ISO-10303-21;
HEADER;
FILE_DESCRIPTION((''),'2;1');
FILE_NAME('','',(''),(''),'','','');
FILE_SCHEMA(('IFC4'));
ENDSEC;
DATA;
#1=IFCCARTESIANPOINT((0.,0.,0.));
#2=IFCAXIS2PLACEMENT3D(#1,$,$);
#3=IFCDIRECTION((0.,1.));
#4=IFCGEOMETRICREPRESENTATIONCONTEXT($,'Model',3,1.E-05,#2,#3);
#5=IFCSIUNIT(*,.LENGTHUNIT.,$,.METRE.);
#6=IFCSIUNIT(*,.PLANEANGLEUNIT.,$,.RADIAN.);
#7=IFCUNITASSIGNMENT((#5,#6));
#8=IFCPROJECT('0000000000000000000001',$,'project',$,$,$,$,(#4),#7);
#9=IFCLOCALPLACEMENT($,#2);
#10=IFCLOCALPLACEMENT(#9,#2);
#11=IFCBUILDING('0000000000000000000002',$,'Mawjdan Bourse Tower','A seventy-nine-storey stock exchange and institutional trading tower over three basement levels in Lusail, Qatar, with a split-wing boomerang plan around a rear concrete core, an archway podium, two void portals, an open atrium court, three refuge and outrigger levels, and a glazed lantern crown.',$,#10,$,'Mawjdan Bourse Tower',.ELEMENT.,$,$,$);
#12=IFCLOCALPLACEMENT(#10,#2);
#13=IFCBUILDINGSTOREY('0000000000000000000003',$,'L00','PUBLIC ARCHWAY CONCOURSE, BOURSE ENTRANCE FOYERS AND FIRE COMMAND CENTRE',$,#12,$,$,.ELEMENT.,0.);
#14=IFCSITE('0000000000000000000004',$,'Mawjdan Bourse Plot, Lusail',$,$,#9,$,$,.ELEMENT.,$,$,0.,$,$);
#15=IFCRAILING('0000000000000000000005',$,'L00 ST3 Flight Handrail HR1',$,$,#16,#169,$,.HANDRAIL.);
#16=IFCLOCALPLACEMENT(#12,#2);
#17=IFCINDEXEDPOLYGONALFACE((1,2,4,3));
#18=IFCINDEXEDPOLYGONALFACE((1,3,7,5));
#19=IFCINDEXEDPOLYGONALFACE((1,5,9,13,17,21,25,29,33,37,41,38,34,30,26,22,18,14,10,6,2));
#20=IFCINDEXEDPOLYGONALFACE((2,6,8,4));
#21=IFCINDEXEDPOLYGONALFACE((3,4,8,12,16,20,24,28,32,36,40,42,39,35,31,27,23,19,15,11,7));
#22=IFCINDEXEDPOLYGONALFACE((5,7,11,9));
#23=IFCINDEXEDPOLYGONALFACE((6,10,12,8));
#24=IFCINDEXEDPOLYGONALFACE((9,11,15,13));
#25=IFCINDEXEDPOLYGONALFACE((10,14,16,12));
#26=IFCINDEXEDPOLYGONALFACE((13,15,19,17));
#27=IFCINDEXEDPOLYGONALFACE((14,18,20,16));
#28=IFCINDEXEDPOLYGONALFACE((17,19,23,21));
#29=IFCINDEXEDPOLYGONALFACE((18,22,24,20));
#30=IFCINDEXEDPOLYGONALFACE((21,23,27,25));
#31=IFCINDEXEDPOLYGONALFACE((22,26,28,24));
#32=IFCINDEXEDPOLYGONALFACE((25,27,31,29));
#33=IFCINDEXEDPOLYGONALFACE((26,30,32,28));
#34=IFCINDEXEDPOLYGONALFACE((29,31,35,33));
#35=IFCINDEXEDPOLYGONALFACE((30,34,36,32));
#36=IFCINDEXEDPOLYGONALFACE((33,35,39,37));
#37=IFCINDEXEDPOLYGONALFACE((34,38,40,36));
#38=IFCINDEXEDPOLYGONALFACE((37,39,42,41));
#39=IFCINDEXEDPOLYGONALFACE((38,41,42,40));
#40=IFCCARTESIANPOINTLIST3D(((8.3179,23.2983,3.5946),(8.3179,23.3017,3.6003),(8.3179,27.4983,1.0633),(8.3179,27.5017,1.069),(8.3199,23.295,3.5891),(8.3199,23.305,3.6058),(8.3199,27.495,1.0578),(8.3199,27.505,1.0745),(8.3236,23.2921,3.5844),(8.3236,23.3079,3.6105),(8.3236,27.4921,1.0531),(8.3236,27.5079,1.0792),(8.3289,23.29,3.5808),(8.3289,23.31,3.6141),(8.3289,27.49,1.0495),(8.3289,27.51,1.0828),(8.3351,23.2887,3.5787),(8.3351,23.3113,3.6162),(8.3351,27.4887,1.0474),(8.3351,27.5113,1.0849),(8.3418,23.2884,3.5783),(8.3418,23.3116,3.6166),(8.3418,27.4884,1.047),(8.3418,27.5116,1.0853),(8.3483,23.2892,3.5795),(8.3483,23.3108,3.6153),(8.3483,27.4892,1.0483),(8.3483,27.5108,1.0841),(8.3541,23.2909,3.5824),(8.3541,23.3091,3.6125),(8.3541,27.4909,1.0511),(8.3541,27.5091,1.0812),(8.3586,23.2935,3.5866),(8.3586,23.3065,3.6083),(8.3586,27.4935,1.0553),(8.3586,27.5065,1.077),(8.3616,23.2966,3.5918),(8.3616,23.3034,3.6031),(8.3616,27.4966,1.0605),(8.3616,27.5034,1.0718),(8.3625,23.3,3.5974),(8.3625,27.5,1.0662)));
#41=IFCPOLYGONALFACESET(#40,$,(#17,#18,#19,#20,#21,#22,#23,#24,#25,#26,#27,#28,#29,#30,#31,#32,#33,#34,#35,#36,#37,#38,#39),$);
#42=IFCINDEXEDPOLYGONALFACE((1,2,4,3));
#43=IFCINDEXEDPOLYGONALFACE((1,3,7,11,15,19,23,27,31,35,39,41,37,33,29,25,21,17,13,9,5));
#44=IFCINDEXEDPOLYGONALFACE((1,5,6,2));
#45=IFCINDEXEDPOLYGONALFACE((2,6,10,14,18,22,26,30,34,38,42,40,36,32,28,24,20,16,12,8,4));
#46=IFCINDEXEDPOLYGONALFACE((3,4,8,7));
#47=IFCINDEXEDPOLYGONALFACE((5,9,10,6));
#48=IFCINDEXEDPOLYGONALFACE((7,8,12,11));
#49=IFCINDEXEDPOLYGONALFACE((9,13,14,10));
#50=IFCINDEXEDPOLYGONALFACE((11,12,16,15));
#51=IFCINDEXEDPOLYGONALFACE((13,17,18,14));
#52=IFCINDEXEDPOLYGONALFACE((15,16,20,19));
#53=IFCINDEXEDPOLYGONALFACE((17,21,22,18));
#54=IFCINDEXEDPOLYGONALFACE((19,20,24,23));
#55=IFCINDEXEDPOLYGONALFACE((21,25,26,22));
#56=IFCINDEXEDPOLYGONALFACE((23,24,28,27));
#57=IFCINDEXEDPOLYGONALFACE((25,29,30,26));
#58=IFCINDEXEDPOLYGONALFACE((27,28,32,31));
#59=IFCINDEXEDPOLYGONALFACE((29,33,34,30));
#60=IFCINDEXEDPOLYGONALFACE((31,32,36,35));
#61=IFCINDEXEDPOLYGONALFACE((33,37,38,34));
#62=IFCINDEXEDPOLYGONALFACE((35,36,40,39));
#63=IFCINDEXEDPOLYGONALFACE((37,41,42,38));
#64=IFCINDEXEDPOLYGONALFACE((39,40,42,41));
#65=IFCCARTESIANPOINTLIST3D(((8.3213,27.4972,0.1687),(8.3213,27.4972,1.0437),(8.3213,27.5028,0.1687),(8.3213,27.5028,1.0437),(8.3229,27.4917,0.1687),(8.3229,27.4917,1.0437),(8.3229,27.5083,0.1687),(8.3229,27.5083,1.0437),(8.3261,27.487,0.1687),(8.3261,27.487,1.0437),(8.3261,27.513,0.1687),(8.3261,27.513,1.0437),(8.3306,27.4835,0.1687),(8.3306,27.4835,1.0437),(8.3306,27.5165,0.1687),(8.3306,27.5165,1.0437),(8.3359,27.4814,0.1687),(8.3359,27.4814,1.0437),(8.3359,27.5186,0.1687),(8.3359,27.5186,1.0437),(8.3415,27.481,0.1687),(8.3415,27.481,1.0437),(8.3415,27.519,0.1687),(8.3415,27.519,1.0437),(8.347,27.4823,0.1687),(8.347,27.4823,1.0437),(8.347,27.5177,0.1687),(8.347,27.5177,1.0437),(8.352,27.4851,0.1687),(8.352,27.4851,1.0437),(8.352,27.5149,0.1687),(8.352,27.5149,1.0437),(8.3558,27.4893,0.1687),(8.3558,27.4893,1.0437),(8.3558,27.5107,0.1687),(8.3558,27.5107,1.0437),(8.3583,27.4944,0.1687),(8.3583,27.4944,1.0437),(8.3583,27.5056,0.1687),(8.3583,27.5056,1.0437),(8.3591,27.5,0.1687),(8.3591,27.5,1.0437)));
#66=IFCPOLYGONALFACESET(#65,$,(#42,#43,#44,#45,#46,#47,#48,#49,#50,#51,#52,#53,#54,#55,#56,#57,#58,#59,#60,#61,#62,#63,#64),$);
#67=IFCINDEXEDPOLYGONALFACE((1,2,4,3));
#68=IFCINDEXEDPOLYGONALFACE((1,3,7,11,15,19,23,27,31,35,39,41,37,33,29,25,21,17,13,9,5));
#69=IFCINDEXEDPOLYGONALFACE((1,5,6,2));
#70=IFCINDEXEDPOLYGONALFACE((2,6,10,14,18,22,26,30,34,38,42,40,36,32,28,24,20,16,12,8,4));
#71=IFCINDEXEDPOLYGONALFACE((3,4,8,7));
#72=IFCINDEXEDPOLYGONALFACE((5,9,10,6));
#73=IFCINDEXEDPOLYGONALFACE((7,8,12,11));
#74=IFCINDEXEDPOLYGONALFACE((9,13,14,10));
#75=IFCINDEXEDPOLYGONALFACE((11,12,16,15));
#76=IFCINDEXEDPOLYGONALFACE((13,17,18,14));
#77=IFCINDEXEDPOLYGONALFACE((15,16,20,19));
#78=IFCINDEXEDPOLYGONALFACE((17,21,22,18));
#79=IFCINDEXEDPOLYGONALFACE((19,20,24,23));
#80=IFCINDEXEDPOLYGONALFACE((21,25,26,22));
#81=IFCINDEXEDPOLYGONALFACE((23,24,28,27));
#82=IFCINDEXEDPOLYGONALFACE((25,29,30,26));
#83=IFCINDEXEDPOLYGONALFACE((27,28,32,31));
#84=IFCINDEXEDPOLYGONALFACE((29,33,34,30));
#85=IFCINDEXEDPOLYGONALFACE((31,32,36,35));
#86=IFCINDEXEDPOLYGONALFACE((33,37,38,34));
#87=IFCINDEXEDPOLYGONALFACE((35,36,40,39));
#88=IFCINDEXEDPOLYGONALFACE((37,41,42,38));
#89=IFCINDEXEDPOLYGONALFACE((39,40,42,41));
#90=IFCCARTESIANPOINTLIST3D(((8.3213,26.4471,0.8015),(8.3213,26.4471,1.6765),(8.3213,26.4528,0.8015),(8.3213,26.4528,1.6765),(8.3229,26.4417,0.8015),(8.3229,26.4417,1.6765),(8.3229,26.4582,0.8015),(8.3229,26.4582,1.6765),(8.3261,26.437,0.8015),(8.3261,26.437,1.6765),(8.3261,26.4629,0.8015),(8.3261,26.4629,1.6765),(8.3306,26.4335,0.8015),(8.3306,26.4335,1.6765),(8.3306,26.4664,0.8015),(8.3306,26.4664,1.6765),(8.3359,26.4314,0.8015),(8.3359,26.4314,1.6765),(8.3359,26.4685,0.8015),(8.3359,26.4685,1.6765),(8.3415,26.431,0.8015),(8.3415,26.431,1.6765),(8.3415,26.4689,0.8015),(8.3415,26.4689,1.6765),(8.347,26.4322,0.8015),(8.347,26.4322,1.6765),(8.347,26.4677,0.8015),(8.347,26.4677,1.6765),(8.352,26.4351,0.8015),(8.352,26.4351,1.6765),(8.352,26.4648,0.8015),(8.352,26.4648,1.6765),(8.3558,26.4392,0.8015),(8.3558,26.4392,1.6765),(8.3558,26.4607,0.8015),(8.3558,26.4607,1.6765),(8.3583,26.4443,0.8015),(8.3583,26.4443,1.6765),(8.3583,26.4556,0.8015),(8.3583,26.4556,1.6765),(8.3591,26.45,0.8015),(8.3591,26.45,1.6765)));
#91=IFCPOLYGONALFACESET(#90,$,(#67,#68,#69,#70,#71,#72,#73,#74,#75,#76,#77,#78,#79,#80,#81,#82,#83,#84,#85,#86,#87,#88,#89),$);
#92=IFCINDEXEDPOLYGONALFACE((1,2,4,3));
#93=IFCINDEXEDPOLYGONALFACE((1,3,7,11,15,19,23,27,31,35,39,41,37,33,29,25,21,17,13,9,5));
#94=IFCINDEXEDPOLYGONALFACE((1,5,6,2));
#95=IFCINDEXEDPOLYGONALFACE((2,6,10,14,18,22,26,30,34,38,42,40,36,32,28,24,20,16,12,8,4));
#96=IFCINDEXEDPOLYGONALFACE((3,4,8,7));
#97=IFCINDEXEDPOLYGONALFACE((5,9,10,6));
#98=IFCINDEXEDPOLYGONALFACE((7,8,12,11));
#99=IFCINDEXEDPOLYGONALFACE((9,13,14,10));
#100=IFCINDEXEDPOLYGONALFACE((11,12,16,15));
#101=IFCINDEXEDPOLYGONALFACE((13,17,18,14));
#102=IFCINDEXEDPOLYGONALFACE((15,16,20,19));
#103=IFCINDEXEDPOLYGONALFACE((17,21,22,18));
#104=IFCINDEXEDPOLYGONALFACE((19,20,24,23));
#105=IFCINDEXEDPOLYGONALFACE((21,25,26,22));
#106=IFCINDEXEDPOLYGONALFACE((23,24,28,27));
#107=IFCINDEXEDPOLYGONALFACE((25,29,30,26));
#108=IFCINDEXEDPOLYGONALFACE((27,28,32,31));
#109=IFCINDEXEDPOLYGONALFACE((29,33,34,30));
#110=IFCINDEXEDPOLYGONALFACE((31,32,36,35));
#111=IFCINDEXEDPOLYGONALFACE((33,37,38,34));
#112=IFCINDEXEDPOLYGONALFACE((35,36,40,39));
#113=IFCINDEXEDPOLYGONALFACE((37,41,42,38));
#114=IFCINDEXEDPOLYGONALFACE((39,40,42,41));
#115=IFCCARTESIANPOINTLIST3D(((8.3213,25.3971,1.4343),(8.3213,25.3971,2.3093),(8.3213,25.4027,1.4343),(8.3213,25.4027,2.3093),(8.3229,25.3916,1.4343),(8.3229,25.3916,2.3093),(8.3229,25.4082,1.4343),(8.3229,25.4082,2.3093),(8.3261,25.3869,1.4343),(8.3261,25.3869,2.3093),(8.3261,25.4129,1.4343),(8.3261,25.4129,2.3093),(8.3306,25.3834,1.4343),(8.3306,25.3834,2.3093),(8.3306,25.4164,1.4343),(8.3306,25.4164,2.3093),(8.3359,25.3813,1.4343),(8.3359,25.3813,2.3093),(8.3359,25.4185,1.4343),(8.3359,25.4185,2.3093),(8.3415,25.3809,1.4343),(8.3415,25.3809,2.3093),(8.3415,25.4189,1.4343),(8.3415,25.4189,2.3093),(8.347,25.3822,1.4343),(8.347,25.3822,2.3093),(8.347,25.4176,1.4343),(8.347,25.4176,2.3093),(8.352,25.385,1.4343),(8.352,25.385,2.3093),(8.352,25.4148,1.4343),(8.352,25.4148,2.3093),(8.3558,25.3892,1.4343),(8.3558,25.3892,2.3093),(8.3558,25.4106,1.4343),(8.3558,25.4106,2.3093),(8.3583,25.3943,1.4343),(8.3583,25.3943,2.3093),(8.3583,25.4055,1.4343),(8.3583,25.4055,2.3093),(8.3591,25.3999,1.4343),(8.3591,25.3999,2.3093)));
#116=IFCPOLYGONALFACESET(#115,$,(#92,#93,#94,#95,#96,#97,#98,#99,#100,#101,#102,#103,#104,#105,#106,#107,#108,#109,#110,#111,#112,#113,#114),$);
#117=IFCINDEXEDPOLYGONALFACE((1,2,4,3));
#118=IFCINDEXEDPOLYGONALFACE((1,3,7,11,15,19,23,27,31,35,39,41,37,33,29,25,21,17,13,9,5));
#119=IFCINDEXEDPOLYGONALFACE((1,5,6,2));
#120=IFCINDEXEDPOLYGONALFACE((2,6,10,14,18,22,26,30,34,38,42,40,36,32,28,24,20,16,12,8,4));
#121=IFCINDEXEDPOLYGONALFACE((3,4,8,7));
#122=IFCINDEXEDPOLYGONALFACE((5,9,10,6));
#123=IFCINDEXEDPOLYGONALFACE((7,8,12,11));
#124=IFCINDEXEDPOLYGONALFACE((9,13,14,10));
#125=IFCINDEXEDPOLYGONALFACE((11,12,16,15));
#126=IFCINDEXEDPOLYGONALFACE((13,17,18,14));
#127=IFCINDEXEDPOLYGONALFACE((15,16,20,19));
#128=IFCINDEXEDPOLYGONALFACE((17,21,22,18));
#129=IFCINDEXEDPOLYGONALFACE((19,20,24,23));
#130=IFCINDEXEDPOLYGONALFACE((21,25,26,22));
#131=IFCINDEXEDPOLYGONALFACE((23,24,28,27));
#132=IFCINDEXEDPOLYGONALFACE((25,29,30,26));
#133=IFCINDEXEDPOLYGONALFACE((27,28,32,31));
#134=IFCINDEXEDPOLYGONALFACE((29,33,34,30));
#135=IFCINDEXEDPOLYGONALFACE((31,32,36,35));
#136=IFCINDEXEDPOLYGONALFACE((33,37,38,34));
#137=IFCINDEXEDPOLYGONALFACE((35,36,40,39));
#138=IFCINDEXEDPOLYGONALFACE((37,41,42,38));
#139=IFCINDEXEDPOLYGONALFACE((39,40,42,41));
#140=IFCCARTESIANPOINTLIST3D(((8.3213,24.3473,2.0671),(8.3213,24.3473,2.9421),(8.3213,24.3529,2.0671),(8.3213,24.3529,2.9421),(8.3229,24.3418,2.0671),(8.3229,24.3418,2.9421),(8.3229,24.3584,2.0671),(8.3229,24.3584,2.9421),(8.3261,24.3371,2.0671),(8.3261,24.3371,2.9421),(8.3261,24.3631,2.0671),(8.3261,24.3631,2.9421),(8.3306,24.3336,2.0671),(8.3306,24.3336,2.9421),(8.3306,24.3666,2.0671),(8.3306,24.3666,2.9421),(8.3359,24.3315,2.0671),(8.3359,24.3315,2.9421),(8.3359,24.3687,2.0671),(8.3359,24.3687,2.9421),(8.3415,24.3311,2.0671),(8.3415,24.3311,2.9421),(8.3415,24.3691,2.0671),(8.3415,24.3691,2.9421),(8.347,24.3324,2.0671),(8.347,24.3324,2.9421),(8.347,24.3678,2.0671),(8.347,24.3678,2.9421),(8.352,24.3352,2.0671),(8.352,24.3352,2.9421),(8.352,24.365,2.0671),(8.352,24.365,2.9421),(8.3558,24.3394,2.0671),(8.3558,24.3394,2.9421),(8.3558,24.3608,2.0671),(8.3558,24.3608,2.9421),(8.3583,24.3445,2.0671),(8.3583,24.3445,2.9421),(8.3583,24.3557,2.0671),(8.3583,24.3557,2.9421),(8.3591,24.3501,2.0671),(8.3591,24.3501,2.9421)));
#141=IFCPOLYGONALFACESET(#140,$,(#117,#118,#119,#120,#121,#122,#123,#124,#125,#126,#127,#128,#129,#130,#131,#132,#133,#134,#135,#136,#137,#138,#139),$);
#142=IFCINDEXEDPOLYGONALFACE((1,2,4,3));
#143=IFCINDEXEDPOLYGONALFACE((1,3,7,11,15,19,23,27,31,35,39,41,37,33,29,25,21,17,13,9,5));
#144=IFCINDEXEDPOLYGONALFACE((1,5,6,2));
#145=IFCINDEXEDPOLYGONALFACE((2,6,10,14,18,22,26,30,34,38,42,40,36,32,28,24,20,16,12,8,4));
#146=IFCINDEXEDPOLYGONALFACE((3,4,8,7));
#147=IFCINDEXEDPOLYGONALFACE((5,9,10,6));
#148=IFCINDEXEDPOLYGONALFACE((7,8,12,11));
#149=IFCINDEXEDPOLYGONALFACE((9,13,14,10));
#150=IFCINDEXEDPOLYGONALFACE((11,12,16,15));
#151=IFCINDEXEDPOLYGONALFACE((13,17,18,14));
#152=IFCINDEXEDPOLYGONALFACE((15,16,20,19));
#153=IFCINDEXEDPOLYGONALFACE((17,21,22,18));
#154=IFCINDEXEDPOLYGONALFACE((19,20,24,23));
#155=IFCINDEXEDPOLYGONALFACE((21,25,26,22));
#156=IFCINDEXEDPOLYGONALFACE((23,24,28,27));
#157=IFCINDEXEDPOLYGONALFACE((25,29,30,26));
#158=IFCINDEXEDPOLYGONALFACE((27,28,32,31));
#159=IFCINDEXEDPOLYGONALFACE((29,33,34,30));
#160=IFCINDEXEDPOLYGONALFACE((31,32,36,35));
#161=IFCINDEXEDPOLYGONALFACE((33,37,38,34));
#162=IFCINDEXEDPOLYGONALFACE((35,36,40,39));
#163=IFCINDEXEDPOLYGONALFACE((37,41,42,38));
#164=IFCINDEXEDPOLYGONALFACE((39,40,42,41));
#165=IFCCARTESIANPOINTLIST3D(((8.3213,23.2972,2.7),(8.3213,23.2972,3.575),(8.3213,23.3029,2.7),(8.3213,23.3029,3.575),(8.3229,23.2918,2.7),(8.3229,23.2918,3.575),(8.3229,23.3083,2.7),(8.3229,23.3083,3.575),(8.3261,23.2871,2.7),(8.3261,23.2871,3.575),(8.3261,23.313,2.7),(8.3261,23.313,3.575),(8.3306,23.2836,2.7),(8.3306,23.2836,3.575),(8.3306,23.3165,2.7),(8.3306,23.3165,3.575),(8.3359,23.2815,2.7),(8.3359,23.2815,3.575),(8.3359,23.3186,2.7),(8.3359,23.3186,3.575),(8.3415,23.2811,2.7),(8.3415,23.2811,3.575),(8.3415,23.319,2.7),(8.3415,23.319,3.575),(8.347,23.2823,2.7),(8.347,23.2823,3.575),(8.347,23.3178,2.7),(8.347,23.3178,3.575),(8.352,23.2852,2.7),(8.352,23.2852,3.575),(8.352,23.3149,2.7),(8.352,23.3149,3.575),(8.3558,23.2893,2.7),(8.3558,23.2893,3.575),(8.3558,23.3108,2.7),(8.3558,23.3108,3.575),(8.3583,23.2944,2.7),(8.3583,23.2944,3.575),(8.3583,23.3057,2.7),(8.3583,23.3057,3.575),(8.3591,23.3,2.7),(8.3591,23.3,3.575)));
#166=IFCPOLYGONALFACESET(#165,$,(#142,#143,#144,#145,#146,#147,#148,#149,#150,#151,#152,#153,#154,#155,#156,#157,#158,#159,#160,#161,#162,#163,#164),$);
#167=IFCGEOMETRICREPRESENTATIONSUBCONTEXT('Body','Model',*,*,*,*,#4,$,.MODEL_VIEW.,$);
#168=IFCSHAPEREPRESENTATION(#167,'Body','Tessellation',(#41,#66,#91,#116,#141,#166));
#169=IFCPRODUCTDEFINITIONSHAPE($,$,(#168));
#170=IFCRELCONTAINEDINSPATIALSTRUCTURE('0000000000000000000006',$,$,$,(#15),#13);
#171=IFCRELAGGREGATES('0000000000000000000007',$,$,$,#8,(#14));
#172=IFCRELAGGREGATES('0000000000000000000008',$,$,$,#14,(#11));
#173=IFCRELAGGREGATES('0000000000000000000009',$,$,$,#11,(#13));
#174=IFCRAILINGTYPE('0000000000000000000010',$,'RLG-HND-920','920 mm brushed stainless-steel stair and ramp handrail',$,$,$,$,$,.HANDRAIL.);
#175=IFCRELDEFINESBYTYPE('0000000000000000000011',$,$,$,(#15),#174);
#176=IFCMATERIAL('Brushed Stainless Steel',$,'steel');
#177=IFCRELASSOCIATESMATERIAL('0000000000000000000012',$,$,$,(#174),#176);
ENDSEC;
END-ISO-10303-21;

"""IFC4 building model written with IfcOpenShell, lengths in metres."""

from ifc_helpers import new_model, si_unit, direction, frame, origin, origin_2d, place, context, subcontext, project, spatial, circle, extrude, material, type_object, element, save


model = new_model("IFC4")

# Units and contexts
model_context = context("Model", 3, precision=1e-05, world=origin(), true_north=direction((0.0, 1.0)))
body_context = subcontext(model_context, "Body", "Model", "MODEL_VIEW")
ifc_project = project(units=[si_unit("LENGTHUNIT", "METRE"), si_unit("PLANEANGLEUNIT", "RADIAN")], contexts=[model_context])

# Site, building, storey
site_placement = place(None, origin())
site = spatial("IfcSite", under=ifc_project, at=site_placement, Name="Mawjdan Bourse Plot, Lusail", CompositionType="ELEMENT", RefElevation=0.0)
building_placement = place(site_placement, origin())
building = spatial("IfcBuilding", under=site, at=building_placement, Name="Mawjdan Bourse Tower", Description="A seventy-nine-storey stock exchange and institutional trading tower over three basement levels in Lusail, Qatar, with a split-wing boomerang plan around a rear concrete core, an archway podium, two void portals, an open atrium court, three refuge and outrigger levels, and a glazed lantern crown.", LongName="Mawjdan Bourse Tower", CompositionType="ELEMENT")
storey_placement = place(building_placement, origin())
storey = spatial("IfcBuildingStorey", under=building, at=storey_placement, Name="L00", Description="PUBLIC ARCHWAY CONCOURSE, BOURSE ENTRANCE FOYERS AND FIRE COMMAND CENTRE", CompositionType="ELEMENT", Elevation=0.0)

# Shared definitions
ifc_material_1 = material(Name="Brushed Stainless Steel", Category="steel")

# Railing
railing_type_1 = type_object("IfcRailingType", Name="RLG-HND-920", Description="920 mm brushed stainless-steel stair and ramp handrail", PredefinedType="HANDRAIL", material=ifc_material_1)
railing_1_placement = place(storey_placement, frame((8.3401, 27.5, 0.1687)))
element("IfcRailing", 1, at=railing_1_placement, inside=storey, type_object=railing_type_1, Name="L00 ST3 Flight Handrail HR1", PredefinedType="HANDRAIL", context=body_context, shape_type="SweptSolid", body=[
    extrude(circle(Radius=0.0225, at=origin_2d()), frame((0.0, 0.0, 0.8975), z_axis=(0.0, -0.856476, 0.516186), x_axis=(1.0, 0.0, 0.0)), (0.0, 0.0, 1.0), 4.9038),
    extrude(circle(Radius=0.019, at=origin_2d()), origin(), (0.0, 0.0, 1.0), 0.875),
    extrude(circle(Radius=0.019, at=origin_2d()), frame((0.0, -1.05, 0.6328)), (0.0, 0.0, 1.0), 0.875),
    extrude(circle(Radius=0.019, at=origin_2d()), frame((0.0, -2.1001, 1.2656)), (0.0, 0.0, 1.0), 0.875),
    extrude(circle(Radius=0.019, at=origin_2d()), frame((0.0, -3.1499, 1.8984)), (0.0, 0.0, 1.0), 0.875),
    extrude(circle(Radius=0.019, at=origin_2d()), frame((0.0, -4.2, 2.5312)), (0.0, 0.0, 1.0), 0.875),
])

save(model, "model.ifc")
